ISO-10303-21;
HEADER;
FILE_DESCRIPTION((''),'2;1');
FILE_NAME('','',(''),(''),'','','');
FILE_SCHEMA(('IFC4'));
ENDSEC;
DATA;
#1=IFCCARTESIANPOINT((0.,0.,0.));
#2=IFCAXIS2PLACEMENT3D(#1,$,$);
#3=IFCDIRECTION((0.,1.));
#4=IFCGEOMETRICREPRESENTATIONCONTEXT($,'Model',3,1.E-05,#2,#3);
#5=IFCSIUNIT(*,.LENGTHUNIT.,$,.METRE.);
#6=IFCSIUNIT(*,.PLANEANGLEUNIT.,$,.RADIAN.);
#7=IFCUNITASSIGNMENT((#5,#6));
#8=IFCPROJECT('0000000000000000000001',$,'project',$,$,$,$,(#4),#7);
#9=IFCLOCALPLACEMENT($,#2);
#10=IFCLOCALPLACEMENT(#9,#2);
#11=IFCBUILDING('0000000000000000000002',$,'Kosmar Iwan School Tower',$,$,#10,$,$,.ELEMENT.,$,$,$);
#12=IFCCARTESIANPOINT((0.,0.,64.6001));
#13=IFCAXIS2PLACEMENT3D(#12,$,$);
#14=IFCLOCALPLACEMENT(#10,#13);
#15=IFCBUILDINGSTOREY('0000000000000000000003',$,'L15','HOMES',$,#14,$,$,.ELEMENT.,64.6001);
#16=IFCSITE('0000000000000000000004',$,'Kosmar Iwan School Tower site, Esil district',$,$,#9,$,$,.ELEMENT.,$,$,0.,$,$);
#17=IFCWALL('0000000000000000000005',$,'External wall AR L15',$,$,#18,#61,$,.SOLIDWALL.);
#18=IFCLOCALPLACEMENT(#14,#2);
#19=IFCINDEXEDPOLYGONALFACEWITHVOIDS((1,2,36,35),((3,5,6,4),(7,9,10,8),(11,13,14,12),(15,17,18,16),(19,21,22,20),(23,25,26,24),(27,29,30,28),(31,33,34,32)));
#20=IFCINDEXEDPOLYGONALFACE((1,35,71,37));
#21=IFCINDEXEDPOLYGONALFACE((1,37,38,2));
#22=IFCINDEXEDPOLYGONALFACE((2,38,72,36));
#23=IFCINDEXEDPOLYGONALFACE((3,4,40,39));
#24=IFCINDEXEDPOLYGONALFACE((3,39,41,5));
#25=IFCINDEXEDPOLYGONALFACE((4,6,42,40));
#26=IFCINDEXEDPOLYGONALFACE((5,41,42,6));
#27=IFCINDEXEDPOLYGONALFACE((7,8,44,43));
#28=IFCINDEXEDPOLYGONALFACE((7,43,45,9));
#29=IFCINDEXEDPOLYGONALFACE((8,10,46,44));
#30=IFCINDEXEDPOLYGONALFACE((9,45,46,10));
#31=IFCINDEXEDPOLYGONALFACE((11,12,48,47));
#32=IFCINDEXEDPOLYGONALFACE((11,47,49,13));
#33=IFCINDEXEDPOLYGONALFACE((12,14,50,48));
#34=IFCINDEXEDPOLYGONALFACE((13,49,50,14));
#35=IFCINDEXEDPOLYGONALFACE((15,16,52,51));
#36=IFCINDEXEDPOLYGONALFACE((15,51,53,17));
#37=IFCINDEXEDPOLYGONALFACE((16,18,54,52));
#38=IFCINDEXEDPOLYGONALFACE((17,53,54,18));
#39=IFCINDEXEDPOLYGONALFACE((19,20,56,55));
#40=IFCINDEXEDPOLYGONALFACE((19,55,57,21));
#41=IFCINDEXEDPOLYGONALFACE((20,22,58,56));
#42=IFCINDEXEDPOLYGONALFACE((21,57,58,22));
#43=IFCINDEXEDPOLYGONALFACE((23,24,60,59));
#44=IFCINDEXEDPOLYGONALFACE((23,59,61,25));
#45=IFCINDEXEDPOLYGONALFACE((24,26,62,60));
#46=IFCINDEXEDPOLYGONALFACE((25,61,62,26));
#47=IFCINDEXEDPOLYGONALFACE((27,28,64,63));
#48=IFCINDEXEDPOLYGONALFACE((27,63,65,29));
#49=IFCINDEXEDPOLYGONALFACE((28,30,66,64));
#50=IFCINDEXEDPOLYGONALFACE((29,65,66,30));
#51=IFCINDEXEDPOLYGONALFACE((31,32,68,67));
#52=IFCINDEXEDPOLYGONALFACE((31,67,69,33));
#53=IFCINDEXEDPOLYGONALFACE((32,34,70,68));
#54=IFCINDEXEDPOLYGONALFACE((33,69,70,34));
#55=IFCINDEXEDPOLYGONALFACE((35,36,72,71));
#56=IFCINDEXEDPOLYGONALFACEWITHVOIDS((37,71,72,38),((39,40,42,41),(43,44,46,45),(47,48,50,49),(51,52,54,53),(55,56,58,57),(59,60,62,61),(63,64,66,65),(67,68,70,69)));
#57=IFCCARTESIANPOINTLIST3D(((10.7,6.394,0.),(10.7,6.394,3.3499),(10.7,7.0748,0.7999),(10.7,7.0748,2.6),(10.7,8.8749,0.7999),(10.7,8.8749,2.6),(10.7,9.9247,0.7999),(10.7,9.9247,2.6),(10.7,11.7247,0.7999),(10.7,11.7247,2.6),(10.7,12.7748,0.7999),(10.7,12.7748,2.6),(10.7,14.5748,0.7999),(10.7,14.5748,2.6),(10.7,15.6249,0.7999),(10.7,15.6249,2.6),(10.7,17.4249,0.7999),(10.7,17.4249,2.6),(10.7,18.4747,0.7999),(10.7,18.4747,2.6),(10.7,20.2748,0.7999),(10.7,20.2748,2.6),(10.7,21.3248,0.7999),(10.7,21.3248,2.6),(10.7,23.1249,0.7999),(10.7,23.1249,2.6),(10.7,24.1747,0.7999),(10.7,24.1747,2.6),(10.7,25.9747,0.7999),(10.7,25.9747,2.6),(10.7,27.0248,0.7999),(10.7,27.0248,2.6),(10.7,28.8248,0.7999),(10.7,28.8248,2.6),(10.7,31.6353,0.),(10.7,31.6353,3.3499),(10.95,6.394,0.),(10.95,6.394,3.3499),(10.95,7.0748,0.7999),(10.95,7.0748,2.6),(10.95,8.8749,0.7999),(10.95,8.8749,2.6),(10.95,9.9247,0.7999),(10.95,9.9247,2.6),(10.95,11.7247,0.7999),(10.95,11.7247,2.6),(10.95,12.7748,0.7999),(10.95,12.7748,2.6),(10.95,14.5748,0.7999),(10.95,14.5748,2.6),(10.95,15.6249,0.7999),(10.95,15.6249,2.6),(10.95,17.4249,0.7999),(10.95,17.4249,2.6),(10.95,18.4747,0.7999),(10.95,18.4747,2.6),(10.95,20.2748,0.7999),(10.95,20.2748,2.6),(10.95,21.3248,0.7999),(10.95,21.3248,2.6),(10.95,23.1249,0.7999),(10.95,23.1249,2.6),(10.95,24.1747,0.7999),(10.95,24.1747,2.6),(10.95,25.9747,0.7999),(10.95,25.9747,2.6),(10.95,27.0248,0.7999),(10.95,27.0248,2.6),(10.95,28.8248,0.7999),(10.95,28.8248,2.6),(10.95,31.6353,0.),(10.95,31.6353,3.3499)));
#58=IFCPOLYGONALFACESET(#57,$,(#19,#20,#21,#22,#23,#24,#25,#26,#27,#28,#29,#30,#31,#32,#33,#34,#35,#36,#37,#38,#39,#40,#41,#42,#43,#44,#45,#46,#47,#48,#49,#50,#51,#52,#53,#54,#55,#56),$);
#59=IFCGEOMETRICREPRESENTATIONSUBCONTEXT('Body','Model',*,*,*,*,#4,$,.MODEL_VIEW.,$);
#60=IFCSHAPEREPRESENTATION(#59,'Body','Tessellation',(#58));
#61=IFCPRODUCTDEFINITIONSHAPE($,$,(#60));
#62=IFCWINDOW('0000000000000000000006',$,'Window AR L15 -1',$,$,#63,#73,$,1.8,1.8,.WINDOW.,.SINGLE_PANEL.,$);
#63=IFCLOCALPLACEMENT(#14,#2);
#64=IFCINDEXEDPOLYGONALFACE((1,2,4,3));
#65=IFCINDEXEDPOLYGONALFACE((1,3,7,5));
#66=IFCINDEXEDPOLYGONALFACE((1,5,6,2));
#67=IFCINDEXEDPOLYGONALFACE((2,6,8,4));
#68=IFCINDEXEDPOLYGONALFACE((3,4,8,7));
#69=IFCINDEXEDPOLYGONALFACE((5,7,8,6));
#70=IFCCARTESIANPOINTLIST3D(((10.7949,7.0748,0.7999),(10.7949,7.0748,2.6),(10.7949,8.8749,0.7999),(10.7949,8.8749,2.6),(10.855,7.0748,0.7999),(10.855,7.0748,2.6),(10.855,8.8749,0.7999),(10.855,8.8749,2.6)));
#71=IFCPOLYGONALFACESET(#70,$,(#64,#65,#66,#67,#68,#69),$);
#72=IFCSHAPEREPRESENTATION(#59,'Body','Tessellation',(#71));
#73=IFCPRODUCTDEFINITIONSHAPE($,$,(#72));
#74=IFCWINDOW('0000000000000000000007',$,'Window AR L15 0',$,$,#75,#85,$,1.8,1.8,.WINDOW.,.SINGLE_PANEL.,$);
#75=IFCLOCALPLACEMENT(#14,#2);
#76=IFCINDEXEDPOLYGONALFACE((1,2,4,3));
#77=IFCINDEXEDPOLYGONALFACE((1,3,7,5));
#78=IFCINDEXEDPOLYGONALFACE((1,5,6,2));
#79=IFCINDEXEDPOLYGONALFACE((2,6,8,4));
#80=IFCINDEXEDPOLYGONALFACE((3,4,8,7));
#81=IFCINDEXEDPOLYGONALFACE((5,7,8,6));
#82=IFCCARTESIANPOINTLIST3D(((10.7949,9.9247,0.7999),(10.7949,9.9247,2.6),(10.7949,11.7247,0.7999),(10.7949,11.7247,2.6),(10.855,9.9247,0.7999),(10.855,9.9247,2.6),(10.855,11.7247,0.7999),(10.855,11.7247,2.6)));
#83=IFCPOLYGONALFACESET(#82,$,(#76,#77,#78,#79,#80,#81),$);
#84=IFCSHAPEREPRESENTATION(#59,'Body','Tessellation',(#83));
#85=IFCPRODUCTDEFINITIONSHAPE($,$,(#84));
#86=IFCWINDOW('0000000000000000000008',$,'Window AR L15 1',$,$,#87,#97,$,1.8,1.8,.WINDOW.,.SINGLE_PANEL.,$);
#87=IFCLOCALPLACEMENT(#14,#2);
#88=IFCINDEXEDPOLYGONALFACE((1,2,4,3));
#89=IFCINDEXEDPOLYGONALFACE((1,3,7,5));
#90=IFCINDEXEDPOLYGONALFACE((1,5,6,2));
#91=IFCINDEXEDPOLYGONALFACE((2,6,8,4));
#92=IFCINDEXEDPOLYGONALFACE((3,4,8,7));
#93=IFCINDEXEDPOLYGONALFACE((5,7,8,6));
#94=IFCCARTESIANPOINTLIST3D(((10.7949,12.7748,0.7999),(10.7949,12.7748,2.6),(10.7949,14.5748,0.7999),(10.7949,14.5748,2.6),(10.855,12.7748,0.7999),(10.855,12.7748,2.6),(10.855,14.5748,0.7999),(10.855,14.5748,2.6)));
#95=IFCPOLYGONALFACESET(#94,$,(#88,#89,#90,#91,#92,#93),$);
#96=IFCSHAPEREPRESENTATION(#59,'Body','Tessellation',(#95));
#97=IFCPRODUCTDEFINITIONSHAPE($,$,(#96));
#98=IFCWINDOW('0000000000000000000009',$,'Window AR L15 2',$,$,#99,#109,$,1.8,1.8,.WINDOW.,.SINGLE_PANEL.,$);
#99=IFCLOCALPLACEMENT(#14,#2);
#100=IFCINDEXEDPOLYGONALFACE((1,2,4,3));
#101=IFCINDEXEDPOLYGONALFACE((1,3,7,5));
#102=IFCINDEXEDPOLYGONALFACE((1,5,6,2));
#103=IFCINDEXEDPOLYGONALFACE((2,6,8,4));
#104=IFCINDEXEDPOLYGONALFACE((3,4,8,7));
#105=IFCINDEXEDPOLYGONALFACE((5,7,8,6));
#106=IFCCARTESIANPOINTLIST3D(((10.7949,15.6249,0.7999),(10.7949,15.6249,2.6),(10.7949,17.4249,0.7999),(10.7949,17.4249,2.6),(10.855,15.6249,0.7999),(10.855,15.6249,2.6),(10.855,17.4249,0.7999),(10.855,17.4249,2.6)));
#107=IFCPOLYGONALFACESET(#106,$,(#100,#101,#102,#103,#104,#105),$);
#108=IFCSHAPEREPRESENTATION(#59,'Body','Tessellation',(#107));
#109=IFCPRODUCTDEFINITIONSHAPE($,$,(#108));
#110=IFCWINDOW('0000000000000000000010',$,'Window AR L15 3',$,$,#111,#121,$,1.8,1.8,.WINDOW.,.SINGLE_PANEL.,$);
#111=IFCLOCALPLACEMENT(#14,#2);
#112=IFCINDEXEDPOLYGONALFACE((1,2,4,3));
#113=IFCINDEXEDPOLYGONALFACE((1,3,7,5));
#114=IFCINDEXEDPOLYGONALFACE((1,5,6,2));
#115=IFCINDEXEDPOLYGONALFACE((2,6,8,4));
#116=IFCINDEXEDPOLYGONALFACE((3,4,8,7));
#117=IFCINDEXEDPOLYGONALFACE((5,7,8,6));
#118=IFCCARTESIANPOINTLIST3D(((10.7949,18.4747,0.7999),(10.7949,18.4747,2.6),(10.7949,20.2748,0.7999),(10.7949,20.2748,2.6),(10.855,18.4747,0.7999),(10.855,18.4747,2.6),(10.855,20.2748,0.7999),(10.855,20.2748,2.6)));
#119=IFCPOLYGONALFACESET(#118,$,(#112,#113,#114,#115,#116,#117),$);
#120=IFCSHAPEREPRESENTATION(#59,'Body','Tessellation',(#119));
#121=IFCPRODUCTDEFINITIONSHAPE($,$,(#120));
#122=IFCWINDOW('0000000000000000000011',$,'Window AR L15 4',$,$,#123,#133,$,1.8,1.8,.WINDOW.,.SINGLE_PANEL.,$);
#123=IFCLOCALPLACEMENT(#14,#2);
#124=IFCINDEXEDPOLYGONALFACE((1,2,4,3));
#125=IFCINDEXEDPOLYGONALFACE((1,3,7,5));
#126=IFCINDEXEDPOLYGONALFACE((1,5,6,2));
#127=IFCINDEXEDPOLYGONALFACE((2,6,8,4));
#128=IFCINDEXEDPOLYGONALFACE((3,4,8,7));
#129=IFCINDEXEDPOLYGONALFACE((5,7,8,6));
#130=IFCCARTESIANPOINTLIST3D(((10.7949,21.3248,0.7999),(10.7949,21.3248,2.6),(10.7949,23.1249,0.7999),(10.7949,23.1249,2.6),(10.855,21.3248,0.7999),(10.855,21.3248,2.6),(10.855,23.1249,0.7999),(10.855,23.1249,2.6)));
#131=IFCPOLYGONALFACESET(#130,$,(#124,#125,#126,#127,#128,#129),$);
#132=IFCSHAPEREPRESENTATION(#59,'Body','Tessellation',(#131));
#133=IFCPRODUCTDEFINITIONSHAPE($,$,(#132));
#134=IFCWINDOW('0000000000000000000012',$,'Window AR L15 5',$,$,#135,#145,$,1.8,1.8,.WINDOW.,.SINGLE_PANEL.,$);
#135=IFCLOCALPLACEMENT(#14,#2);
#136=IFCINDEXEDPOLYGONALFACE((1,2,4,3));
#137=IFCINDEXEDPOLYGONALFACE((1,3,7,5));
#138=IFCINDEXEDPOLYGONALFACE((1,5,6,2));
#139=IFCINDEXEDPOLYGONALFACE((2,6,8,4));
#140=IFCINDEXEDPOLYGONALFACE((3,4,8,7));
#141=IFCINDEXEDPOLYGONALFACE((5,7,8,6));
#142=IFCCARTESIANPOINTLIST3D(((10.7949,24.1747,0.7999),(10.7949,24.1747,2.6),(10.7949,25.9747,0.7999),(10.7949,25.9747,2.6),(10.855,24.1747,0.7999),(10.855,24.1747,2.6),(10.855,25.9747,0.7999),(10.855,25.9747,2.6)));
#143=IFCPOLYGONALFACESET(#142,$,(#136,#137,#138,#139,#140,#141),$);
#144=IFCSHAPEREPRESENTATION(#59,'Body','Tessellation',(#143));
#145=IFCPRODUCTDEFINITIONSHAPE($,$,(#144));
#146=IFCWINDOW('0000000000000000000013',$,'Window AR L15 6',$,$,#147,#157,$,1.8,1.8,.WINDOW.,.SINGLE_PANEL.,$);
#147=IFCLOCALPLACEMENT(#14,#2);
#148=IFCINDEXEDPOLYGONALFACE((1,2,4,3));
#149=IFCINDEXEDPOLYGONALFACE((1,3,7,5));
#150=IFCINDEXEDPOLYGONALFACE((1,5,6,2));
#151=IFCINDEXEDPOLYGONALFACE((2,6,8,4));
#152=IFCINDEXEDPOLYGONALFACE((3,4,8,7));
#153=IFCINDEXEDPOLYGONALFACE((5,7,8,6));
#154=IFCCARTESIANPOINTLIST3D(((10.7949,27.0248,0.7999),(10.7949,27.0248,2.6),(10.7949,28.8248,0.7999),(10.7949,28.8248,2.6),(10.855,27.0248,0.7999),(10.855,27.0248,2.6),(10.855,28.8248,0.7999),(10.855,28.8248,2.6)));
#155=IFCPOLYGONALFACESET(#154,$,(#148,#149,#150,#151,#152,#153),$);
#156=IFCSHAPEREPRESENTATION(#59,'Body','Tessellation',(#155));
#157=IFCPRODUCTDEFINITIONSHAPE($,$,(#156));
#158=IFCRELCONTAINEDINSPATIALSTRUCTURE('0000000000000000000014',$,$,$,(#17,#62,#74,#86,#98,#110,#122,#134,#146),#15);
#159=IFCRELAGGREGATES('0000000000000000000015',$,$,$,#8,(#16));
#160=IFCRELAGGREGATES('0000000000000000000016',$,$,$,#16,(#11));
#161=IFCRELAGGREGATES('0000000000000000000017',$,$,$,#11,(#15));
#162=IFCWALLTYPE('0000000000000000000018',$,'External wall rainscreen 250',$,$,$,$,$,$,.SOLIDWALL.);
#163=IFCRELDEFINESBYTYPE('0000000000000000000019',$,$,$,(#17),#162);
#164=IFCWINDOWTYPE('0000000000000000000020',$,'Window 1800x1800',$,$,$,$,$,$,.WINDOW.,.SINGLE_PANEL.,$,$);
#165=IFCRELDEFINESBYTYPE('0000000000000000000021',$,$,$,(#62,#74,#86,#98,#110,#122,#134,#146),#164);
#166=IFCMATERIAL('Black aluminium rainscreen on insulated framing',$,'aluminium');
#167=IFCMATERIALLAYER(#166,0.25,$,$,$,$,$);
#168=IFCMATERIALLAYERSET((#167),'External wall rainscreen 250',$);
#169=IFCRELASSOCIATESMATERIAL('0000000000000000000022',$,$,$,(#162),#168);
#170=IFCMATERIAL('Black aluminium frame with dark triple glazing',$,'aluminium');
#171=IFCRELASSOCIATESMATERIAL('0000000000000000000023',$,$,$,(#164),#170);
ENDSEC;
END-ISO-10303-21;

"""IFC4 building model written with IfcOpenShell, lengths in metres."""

from ifc_helpers import new_model, si_unit, direction, frame, frame_2d, origin, place, context, subcontext, project, spatial, rectangle, extrude, material, layer, layer_set, type_object, element, fill, save


model = new_model("IFC4")

# Units and contexts
model_context = context("Model", 3, precision=1e-05, world=origin(), true_north=direction((0.0, 1.0)))
body_context = subcontext(model_context, "Body", "Model", "MODEL_VIEW")
ifc_project = project(units=[si_unit("LENGTHUNIT", "METRE"), si_unit("PLANEANGLEUNIT", "RADIAN")], contexts=[model_context])

# Site, building, storey
site_placement = place(None, origin())
site = spatial("IfcSite", under=ifc_project, at=site_placement, Name="Kosmar Iwan School Tower site, Esil district", CompositionType="ELEMENT", RefElevation=0.0)
building_placement = place(site_placement, origin())
building = spatial("IfcBuilding", under=site, at=building_placement, Name="Kosmar Iwan School Tower", CompositionType="ELEMENT")
storey_placement = place(building_placement, frame((0.0, 0.0, 64.6001)))
storey = spatial("IfcBuildingStorey", under=building, at=storey_placement, Name="L15", Description="HOMES", CompositionType="ELEMENT", Elevation=64.6001)

# Wall, openings, windows
ifc_material_1 = material(Name="Black aluminium rainscreen on insulated framing", Category="aluminium")
ifc_layer = layer(ifc_material_1, 0.25)
ifc_layer_set = layer_set([ifc_layer], Name="External wall rainscreen 250")
wall_type = type_object("IfcWallType", Name="External wall rainscreen 250", PredefinedType="SOLIDWALL", material=ifc_layer_set)
ifc_material_2 = material(Name="Black aluminium frame with dark triple glazing", Category="aluminium")
window_type = type_object("IfcWindowType", Name="Window 1800x1800", PartitioningType="SINGLE_PANEL", PredefinedType="WINDOW", material=ifc_material_2)
wall_1_placement = place(storey_placement, frame((10.825, 6.394, 0.0), z_axis=(0.0, 0.0, 1.0), x_axis=(0.0, 1.0, 0.0)))
wall_1 = element("IfcWall", 1, at=wall_1_placement, inside=storey, type_object=wall_type, Name="External wall AR L15", PredefinedType="SOLIDWALL", context=body_context, shape_type="SweptSolid", body=[
    extrude(rectangle(XDim=25.2412, YDim=0.25, at=frame_2d((12.6206, 0.0))), origin(), (0.0, 0.0, 1.0), 3.3499),
])
opening_1_placement = place(wall_1_placement, frame((0.6809, 0.0, 0.8)))
opening_1 = element("IfcOpeningElement", 2, at=opening_1_placement, cuts=wall_1, PredefinedType="OPENING", context=body_context, shape_type="SweptSolid", body=[
    extrude(rectangle(XDim=1.8, YDim=1.8, at=frame_2d((0.8999, 0.8999))), frame((0.0, 0.137, 0.0), z_axis=(0.0, -1.0, 0.0), x_axis=(1.0, 0.0, 0.0)), (0.0, 0.0, 1.0), 0.2739),
])
opening_2_placement = place(wall_1_placement, frame((3.5308, 0.0, 0.8)))
opening_2 = element("IfcOpeningElement", 3, at=opening_2_placement, cuts=wall_1, PredefinedType="OPENING", context=body_context, shape_type="SweptSolid", body=[
    extrude(rectangle(XDim=1.8, YDim=1.8, at=frame_2d((0.8999, 0.8999))), frame((0.0, 0.137, 0.0), z_axis=(0.0, -1.0, 0.0), x_axis=(1.0, 0.0, 0.0)), (0.0, 0.0, 1.0), 0.2739),
])
opening_3_placement = place(wall_1_placement, frame((6.3809, 0.0, 0.8)))
opening_3 = element("IfcOpeningElement", 4, at=opening_3_placement, cuts=wall_1, PredefinedType="OPENING", context=body_context, shape_type="SweptSolid", body=[
    extrude(rectangle(XDim=1.8, YDim=1.8, at=frame_2d((0.8999, 0.8999))), frame((0.0, 0.137, 0.0), z_axis=(0.0, -1.0, 0.0), x_axis=(1.0, 0.0, 0.0)), (0.0, 0.0, 1.0), 0.2739),
])
opening_4_placement = place(wall_1_placement, frame((9.231, 0.0, 0.8)))
opening_4 = element("IfcOpeningElement", 5, at=opening_4_placement, cuts=wall_1, PredefinedType="OPENING", context=body_context, shape_type="SweptSolid", body=[
    extrude(rectangle(XDim=1.8, YDim=1.8, at=frame_2d((0.8999, 0.8999))), frame((0.0, 0.137, 0.0), z_axis=(0.0, -1.0, 0.0), x_axis=(1.0, 0.0, 0.0)), (0.0, 0.0, 1.0), 0.2739),
])
opening_5_placement = place(wall_1_placement, frame((12.0808, 0.0, 0.8)))
opening_5 = element("IfcOpeningElement", 6, at=opening_5_placement, cuts=wall_1, PredefinedType="OPENING", context=body_context, shape_type="SweptSolid", body=[
    extrude(rectangle(XDim=1.8, YDim=1.8, at=frame_2d((0.8999, 0.8999))), frame((0.0, 0.137, 0.0), z_axis=(0.0, -1.0, 0.0), x_axis=(1.0, 0.0, 0.0)), (0.0, 0.0, 1.0), 0.2739),
])
opening_6_placement = place(wall_1_placement, frame((14.9309, 0.0, 0.8)))
opening_6 = element("IfcOpeningElement", 7, at=opening_6_placement, cuts=wall_1, PredefinedType="OPENING", context=body_context, shape_type="SweptSolid", body=[
    extrude(rectangle(XDim=1.8, YDim=1.8, at=frame_2d((0.8999, 0.8999))), frame((0.0, 0.137, 0.0), z_axis=(0.0, -1.0, 0.0), x_axis=(1.0, 0.0, 0.0)), (0.0, 0.0, 1.0), 0.2739),
])
opening_7_placement = place(wall_1_placement, frame((17.7808, 0.0, 0.8)))
opening_7 = element("IfcOpeningElement", 8, at=opening_7_placement, cuts=wall_1, PredefinedType="OPENING", context=body_context, shape_type="SweptSolid", body=[
    extrude(rectangle(XDim=1.8, YDim=1.8, at=frame_2d((0.8999, 0.8999))), frame((0.0, 0.137, 0.0), z_axis=(0.0, -1.0, 0.0), x_axis=(1.0, 0.0, 0.0)), (0.0, 0.0, 1.0), 0.2739),
])
opening_8_placement = place(wall_1_placement, frame((20.6309, 0.0, 0.8)))
opening_8 = element("IfcOpeningElement", 9, at=opening_8_placement, cuts=wall_1, PredefinedType="OPENING", context=body_context, shape_type="SweptSolid", body=[
    extrude(rectangle(XDim=1.8, YDim=1.8, at=frame_2d((0.8999, 0.8999))), frame((0.0, 0.137, 0.0), z_axis=(0.0, -1.0, 0.0), x_axis=(1.0, 0.0, 0.0)), (0.0, 0.0, 1.0), 0.2739),
])
window_1_placement = place(opening_1_placement, origin())
window_1 = element("IfcWindow", 10, at=window_1_placement, inside=storey, type_object=window_type, Name="Window AR L15 -1", OverallHeight=1.8, OverallWidth=1.8, PartitioningType="SINGLE_PANEL", PredefinedType="WINDOW", context=body_context, shape_type="SweptSolid", body=[
    extrude(rectangle(XDim=1.8, YDim=1.8, at=frame_2d((0.8999, 0.8999))), frame((0.0, 0.03, 0.0), z_axis=(0.0, -1.0, 0.0), x_axis=(1.0, 0.0, 0.0)), (0.0, 0.0, 1.0), 0.0601),
])
fill(opening_1, window_1)
window_2_placement = place(opening_2_placement, origin())
window_2 = element("IfcWindow", 11, at=window_2_placement, inside=storey, type_object=window_type, Name="Window AR L15 0", OverallHeight=1.8, OverallWidth=1.8, PartitioningType="SINGLE_PANEL", PredefinedType="WINDOW", context=body_context, shape_type="SweptSolid", body=[
    extrude(rectangle(XDim=1.8, YDim=1.8, at=frame_2d((0.8999, 0.8999))), frame((0.0, 0.03, 0.0), z_axis=(0.0, -1.0, 0.0), x_axis=(1.0, 0.0, 0.0)), (0.0, 0.0, 1.0), 0.0601),
])
fill(opening_2, window_2)
window_3_placement = place(opening_3_placement, origin())
window_3 = element("IfcWindow", 12, at=window_3_placement, inside=storey, type_object=window_type, Name="Window AR L15 1", OverallHeight=1.8, OverallWidth=1.8, PartitioningType="SINGLE_PANEL", PredefinedType="WINDOW", context=body_context, shape_type="SweptSolid", body=[
    extrude(rectangle(XDim=1.8, YDim=1.8, at=frame_2d((0.8999, 0.8999))), frame((0.0, 0.03, 0.0), z_axis=(0.0, -1.0, 0.0), x_axis=(1.0, 0.0, 0.0)), (0.0, 0.0, 1.0), 0.0601),
])
fill(opening_3, window_3)
window_4_placement = place(opening_4_placement, origin())
window_4 = element("IfcWindow", 13, at=window_4_placement, inside=storey, type_object=window_type, Name="Window AR L15 2", OverallHeight=1.8, OverallWidth=1.8, PartitioningType="SINGLE_PANEL", PredefinedType="WINDOW", context=body_context, shape_type="SweptSolid", body=[
    extrude(rectangle(XDim=1.8, YDim=1.8, at=frame_2d((0.8999, 0.8999))), frame((0.0, 0.03, 0.0), z_axis=(0.0, -1.0, 0.0), x_axis=(1.0, 0.0, 0.0)), (0.0, 0.0, 1.0), 0.0601),
])
fill(opening_4, window_4)
window_5_placement = place(opening_5_placement, origin())
window_5 = element("IfcWindow", 14, at=window_5_placement, inside=storey, type_object=window_type, Name="Window AR L15 3", OverallHeight=1.8, OverallWidth=1.8, PartitioningType="SINGLE_PANEL", PredefinedType="WINDOW", context=body_context, shape_type="SweptSolid", body=[
    extrude(rectangle(XDim=1.8, YDim=1.8, at=frame_2d((0.8999, 0.8999))), frame((0.0, 0.03, 0.0), z_axis=(0.0, -1.0, 0.0), x_axis=(1.0, 0.0, 0.0)), (0.0, 0.0, 1.0), 0.0601),
])
fill(opening_5, window_5)
window_6_placement = place(opening_6_placement, origin())
window_6 = element("IfcWindow", 15, at=window_6_placement, inside=storey, type_object=window_type, Name="Window AR L15 4", OverallHeight=1.8, OverallWidth=1.8, PartitioningType="SINGLE_PANEL", PredefinedType="WINDOW", context=body_context, shape_type="SweptSolid", body=[
    extrude(rectangle(XDim=1.8, YDim=1.8, at=frame_2d((0.8999, 0.8999))), frame((0.0, 0.03, 0.0), z_axis=(0.0, -1.0, 0.0), x_axis=(1.0, 0.0, 0.0)), (0.0, 0.0, 1.0), 0.0601),
])
fill(opening_6, window_6)
window_7_placement = place(opening_7_placement, origin())
window_7 = element("IfcWindow", 16, at=window_7_placement, inside=storey, type_object=window_type, Name="Window AR L15 5", OverallHeight=1.8, OverallWidth=1.8, PartitioningType="SINGLE_PANEL", PredefinedType="WINDOW", context=body_context, shape_type="SweptSolid", body=[
    extrude(rectangle(XDim=1.8, YDim=1.8, at=frame_2d((0.8999, 0.8999))), frame((0.0, 0.03, 0.0), z_axis=(0.0, -1.0, 0.0), x_axis=(1.0, 0.0, 0.0)), (0.0, 0.0, 1.0), 0.0601),
])
fill(opening_7, window_7)
window_8_placement = place(opening_8_placement, origin())
window_8 = element("IfcWindow", 17, at=window_8_placement, inside=storey, type_object=window_type, Name="Window AR L15 6", OverallHeight=1.8, OverallWidth=1.8, PartitioningType="SINGLE_PANEL", PredefinedType="WINDOW", context=body_context, shape_type="SweptSolid", body=[
    extrude(rectangle(XDim=1.8, YDim=1.8, at=frame_2d((0.8999, 0.8999))), frame((0.0, 0.03, 0.0), z_axis=(0.0, -1.0, 0.0), x_axis=(1.0, 0.0, 0.0)), (0.0, 0.0, 1.0), 0.0601),
])
fill(opening_8, window_8)

save(model, "model.ifc")
